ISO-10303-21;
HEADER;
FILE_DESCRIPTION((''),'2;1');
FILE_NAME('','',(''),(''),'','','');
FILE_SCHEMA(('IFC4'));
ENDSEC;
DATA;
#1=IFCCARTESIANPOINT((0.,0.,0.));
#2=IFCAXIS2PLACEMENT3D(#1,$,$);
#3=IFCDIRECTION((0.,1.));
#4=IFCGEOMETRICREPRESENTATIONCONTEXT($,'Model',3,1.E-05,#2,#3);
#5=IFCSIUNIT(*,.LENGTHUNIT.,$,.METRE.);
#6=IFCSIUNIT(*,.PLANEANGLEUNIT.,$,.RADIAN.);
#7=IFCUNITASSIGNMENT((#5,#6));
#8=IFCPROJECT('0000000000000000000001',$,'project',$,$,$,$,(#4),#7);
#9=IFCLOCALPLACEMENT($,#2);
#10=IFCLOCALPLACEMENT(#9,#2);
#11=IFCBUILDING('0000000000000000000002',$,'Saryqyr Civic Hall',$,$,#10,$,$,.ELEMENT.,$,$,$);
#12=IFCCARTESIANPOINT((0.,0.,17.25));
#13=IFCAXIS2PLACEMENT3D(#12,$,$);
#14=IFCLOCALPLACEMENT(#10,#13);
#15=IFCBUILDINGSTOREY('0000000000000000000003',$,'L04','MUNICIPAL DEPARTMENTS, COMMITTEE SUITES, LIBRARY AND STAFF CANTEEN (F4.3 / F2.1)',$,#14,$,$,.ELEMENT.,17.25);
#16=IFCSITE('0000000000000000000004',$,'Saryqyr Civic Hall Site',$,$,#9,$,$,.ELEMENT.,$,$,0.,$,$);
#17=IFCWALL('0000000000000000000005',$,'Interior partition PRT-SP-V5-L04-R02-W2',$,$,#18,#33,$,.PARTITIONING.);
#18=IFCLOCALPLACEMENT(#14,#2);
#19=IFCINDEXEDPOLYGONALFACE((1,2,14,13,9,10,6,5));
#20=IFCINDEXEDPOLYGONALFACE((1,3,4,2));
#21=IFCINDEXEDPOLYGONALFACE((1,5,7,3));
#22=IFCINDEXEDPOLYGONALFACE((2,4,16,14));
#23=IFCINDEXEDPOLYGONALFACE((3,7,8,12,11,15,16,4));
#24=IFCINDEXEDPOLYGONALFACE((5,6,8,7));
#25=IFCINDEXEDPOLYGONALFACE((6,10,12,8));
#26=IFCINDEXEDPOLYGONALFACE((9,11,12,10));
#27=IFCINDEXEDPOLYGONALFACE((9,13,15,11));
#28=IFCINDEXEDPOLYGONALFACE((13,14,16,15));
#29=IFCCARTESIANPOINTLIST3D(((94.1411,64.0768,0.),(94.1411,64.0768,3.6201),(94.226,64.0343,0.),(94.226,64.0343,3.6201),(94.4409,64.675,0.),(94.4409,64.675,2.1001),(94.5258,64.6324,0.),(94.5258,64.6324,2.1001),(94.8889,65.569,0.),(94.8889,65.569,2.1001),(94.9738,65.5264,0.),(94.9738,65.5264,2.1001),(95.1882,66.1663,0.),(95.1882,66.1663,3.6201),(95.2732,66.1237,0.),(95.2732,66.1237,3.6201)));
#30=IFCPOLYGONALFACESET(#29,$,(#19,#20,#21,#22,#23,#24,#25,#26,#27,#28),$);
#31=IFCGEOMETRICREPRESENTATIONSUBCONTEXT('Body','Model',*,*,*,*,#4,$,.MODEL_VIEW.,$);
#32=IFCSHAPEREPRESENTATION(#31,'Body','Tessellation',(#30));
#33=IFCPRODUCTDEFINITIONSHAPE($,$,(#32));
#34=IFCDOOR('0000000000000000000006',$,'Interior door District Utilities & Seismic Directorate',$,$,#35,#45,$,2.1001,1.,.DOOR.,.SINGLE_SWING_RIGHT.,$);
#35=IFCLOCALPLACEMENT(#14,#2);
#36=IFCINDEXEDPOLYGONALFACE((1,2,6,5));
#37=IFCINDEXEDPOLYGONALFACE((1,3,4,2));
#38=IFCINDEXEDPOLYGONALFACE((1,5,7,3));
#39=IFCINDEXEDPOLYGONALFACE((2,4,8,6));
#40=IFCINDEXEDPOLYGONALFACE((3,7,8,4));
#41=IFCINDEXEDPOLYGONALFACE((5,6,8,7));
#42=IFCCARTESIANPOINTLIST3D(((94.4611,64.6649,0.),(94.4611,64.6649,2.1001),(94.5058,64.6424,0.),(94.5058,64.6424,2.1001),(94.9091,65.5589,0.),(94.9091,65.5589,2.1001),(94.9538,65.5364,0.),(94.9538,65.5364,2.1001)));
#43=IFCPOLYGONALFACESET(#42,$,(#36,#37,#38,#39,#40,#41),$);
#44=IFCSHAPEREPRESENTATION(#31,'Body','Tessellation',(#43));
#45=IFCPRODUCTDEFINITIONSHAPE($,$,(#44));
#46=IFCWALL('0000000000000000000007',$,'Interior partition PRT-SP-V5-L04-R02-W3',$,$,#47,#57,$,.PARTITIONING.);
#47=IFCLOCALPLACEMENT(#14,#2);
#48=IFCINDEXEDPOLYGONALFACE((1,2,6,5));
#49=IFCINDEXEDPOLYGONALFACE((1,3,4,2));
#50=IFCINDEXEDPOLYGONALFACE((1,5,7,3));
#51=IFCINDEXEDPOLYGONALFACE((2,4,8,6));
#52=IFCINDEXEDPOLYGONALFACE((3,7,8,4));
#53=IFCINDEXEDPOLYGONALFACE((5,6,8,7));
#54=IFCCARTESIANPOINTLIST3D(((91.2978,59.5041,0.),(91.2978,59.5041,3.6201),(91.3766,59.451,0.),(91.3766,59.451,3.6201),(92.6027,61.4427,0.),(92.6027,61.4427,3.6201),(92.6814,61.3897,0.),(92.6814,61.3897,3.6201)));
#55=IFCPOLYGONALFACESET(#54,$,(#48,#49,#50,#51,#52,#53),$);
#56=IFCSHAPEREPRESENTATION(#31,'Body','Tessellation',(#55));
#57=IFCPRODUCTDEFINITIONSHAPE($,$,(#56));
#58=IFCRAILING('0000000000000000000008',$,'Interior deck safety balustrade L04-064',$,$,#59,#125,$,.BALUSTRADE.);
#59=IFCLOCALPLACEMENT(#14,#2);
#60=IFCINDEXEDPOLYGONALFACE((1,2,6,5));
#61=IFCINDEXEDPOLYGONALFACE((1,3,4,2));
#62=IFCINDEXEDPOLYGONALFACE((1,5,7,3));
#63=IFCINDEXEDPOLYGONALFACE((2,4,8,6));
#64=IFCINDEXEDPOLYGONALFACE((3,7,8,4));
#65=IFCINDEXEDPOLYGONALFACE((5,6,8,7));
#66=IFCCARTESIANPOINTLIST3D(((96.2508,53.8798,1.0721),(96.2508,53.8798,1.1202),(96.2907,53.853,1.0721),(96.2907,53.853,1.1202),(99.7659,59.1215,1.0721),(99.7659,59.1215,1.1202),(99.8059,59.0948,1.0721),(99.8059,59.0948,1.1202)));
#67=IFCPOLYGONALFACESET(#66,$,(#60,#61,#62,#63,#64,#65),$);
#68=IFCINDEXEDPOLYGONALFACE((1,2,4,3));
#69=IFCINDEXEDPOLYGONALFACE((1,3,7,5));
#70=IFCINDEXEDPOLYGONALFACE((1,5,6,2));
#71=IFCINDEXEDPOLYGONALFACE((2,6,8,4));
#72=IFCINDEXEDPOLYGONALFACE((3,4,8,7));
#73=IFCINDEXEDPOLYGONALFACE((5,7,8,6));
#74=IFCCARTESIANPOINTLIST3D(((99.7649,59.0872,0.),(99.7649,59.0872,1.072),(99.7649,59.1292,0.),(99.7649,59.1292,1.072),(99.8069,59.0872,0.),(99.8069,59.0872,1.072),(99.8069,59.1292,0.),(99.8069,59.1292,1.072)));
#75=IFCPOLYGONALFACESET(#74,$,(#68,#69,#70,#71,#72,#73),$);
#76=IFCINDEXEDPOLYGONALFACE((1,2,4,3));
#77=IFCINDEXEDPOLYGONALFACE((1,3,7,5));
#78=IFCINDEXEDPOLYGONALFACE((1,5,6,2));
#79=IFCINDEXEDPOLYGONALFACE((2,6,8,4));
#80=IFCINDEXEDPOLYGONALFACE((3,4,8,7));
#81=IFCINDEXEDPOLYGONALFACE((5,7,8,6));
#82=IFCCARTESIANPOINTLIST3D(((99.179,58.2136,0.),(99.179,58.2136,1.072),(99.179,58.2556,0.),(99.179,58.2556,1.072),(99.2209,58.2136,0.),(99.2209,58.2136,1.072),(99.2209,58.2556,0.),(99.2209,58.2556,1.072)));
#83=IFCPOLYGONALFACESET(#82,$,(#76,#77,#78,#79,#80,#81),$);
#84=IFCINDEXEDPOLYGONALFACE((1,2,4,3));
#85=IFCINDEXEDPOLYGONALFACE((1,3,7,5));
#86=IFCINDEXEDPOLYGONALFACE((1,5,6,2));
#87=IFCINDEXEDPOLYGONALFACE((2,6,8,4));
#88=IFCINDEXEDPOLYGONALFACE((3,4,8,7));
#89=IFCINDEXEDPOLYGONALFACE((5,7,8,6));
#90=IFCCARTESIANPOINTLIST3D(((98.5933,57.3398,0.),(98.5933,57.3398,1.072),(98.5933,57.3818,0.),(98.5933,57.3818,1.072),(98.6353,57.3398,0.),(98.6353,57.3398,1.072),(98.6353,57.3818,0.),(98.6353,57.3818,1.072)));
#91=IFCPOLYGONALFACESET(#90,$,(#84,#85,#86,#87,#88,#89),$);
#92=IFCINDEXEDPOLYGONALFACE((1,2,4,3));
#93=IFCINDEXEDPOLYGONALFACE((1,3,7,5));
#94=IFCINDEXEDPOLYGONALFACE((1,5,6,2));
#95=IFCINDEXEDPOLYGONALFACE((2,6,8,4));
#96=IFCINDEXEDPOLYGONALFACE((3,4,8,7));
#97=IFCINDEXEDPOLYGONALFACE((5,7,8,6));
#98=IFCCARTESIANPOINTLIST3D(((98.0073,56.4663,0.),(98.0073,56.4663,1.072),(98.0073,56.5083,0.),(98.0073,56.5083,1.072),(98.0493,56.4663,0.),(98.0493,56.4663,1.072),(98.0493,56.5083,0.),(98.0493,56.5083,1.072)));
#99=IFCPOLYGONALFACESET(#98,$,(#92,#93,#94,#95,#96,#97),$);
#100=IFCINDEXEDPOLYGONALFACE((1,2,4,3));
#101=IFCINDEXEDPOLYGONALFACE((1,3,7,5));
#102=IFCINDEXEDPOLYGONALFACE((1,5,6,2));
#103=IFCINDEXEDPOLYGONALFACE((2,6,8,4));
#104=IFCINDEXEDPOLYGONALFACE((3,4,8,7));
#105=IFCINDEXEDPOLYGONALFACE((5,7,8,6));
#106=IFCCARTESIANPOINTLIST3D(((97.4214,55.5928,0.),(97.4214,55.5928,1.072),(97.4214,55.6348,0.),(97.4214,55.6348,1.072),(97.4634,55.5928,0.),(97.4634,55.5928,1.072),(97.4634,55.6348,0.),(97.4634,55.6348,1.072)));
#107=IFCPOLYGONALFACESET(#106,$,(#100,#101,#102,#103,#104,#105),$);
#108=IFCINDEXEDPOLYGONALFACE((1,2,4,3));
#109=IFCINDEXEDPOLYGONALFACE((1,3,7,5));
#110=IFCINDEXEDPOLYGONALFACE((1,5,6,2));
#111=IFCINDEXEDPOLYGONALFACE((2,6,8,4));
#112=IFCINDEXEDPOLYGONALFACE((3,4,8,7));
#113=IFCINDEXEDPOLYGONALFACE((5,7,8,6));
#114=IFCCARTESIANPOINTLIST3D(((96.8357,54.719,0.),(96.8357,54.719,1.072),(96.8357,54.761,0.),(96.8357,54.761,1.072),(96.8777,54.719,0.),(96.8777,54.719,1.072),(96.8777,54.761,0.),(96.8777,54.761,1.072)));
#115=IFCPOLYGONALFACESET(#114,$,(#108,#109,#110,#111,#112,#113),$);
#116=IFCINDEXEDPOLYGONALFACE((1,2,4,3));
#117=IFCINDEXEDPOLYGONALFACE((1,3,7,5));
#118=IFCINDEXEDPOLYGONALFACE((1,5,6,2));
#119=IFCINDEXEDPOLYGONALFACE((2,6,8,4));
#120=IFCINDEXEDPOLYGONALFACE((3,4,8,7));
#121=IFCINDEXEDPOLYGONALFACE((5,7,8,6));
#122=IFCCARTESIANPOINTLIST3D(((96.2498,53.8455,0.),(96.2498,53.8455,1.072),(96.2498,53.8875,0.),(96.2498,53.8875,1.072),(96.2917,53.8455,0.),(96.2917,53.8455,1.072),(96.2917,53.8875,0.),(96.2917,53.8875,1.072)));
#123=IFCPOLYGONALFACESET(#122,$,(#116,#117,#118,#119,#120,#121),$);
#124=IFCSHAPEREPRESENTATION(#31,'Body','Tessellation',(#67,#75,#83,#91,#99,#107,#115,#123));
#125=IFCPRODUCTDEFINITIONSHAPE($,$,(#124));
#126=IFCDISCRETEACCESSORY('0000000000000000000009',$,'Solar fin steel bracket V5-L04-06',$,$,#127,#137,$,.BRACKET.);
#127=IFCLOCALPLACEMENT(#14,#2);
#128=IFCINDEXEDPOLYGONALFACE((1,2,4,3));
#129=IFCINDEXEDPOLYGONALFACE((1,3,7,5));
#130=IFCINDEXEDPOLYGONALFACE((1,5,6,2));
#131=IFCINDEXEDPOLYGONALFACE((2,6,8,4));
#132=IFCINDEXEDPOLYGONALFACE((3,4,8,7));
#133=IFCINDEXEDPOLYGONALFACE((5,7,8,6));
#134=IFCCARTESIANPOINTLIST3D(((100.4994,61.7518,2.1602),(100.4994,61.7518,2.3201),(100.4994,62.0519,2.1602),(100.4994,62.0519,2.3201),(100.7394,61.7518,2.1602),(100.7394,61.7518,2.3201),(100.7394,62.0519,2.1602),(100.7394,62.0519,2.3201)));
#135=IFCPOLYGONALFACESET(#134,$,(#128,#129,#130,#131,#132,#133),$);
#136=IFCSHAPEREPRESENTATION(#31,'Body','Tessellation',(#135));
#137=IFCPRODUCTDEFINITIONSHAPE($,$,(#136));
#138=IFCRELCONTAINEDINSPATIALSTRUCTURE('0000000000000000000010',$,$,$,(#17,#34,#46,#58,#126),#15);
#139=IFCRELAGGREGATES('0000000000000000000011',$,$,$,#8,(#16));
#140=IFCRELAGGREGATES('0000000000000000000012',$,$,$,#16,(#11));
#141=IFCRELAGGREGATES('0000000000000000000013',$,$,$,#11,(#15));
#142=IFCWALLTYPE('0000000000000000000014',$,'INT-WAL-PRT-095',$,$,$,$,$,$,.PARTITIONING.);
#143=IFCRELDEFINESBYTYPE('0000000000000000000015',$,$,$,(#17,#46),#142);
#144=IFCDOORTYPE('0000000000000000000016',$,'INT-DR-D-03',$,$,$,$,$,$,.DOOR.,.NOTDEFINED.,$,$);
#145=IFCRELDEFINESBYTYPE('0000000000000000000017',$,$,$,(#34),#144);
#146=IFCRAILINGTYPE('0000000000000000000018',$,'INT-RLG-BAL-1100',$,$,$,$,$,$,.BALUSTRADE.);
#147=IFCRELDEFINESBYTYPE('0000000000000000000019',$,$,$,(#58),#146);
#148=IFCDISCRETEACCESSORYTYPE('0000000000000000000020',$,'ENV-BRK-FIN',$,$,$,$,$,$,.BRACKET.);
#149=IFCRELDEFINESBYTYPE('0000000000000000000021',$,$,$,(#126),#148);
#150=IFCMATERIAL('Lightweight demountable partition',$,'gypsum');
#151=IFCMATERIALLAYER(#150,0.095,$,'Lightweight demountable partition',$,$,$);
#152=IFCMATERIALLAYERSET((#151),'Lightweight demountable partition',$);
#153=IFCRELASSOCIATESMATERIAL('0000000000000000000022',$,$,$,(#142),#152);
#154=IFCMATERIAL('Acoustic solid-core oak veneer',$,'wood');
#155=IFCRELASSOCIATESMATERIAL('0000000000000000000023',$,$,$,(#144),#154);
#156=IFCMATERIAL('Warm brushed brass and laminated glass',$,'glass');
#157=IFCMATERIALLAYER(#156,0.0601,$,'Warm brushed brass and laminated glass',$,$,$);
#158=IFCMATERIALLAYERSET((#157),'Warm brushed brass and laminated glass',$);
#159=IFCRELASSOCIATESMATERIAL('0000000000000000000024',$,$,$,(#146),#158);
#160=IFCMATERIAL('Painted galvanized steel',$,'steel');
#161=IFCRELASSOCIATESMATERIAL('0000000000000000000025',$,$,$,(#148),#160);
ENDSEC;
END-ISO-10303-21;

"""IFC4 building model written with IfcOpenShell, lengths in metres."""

from ifc_helpers import new_model, si_unit, direction, frame, frame_2d, origin, origin_2d, place, context, subcontext, project, spatial, rectangle, extrude, material, layer, layer_set, type_object, element, fill, save


model = new_model("IFC4")

# Units and contexts
model_context = context("Model", 3, precision=1e-05, world=origin(), true_north=direction((0.0, 1.0)))
body_context = subcontext(model_context, "Body", "Model", "MODEL_VIEW")
ifc_project = project(units=[si_unit("LENGTHUNIT", "METRE"), si_unit("PLANEANGLEUNIT", "RADIAN")], contexts=[model_context])

# Site, building, storey
site_placement = place(None, origin())
site = spatial("IfcSite", under=ifc_project, at=site_placement, Name="Saryqyr Civic Hall Site", CompositionType="ELEMENT", RefElevation=0.0)
building_placement = place(site_placement, origin())
building = spatial("IfcBuilding", under=site, at=building_placement, Name="Saryqyr Civic Hall", CompositionType="ELEMENT")
storey_placement = place(building_placement, frame((0.0, 0.0, 17.25)))
storey = spatial("IfcBuildingStorey", under=building, at=storey_placement, Name="L04", Description="MUNICIPAL DEPARTMENTS, COMMITTEE SUITES, LIBRARY AND STAFF CANTEEN (F4.3 / F2.1)", CompositionType="ELEMENT", Elevation=17.25)

# Shared definitions
ifc_material_1 = material(Name="Lightweight demountable partition", Category="gypsum")
ifc_layer_1 = layer(ifc_material_1, 0.095, Name="Lightweight demountable partition")
ifc_layer_set_1 = layer_set([ifc_layer_1], Name="Lightweight demountable partition")
wall_type_1 = type_object("IfcWallType", Name="INT-WAL-PRT-095", PredefinedType="PARTITIONING", material=ifc_layer_set_1)

# Wall, opening, door
wall_1_placement = place(storey_placement, frame((94.1836, 64.0557, 0.0), z_axis=(0.0, 0.0, 1.0), x_axis=(0.448049, 0.894009, 0.0)))
wall_1 = element("IfcWall", 1, at=wall_1_placement, inside=storey, type_object=wall_type_1, Name="Interior partition PRT-SP-V5-L04-R02-W2", PredefinedType="PARTITIONING", context=body_context, shape_type="SweptSolid", body=[
    extrude(rectangle(XDim=2.3372, YDim=0.095, at=frame_2d((1.1685, 0.0))), origin(), (0.0, 0.0, 1.0), 3.6201),
])
opening_1_placement = place(wall_1_placement, frame((0.6689, 0.0, 0.0)))
opening_1 = element("IfcOpeningElement", 2, at=opening_1_placement, cuts=wall_1, PredefinedType="OPENING", context=body_context, shape_type="SweptSolid", body=[
    extrude(rectangle(XDim=1.0, YDim=2.1001, at=frame_2d((0.5, 1.05))), frame((0.0, 0.0574, 0.0), z_axis=(0.0, -1.0, 0.0), x_axis=(1.0, 0.0, 0.0)), (0.0, 0.0, 1.0), 0.115),
])
ifc_material_2 = material(Name="Acoustic solid-core oak veneer", Category="wood")
door_type = type_object("IfcDoorType", Name="INT-DR-D-03", OperationType="NOTDEFINED", PredefinedType="DOOR", material=ifc_material_2)
door_placement = place(opening_1_placement, origin())
door = element("IfcDoor", 3, at=door_placement, inside=storey, type_object=door_type, Name="Interior door District Utilities & Seismic Directorate", OperationType="SINGLE_SWING_RIGHT", OverallHeight=2.1001, OverallWidth=1.0, PredefinedType="DOOR", context=body_context, shape_type="SweptSolid", body=[
    extrude(rectangle(XDim=1.0, YDim=2.1001, at=frame_2d((0.5, 1.05))), frame((0.0, 0.0249, 0.0), z_axis=(0.0, -1.0, 0.0), x_axis=(1.0, 0.0, 0.0)), (0.0, 0.0, 1.0), 0.05),
])
fill(opening_1, door)

# Wall
wall_2_placement = place(storey_placement, frame((91.3372, 59.4775, 0.0), z_axis=(0.0, 0.0, 1.0), x_axis=(0.558383, 0.829583, 0.0)))
element("IfcWall", 4, at=wall_2_placement, inside=storey, type_object=wall_type_1, Name="Interior partition PRT-SP-V5-L04-R02-W3", PredefinedType="PARTITIONING", context=body_context, shape_type="SweptSolid", body=[
    extrude(rectangle(XDim=2.3369, YDim=0.095, at=frame_2d((1.1685, 0.0))), origin(), (0.0, 0.0, 1.0), 3.6201),
])

# Railing
ifc_material_3 = material(Name="Warm brushed brass and laminated glass", Category="glass")
ifc_layer_2 = layer(ifc_material_3, 0.0601, Name="Warm brushed brass and laminated glass")
ifc_layer_set_2 = layer_set([ifc_layer_2], Name="Warm brushed brass and laminated glass")
railing_type = type_object("IfcRailingType", Name="INT-RLG-BAL-1100", PredefinedType="BALUSTRADE", material=ifc_layer_set_2)
railing_placement = place(storey_placement, frame((99.7859, 59.1082, 0.0)))
element("IfcRailing", 5, at=railing_placement, inside=storey, type_object=railing_type, Name="Interior deck safety balustrade L04-064", PredefinedType="BALUSTRADE", context=body_context, shape_type="SweptSolid", body=[
    extrude(rectangle(XDim=0.0481, YDim=0.0481, at=origin_2d()), frame((0.0, 0.0, 1.0962), z_axis=(-0.556966, -0.830536, 0.0), x_axis=(0.830536, -0.556966, 0.0)), (0.0, 0.0, 1.0), 6.3113),
    extrude(rectangle(XDim=0.042, YDim=0.042, at=origin_2d()), origin(), (0.0, 0.0, 1.0), 1.072),
    extrude(rectangle(XDim=0.042, YDim=0.042, at=origin_2d()), frame((-0.5859, -0.8735, 0.0)), (0.0, 0.0, 1.0), 1.072),
    extrude(rectangle(XDim=0.042, YDim=0.042, at=origin_2d()), frame((-1.1716, -1.7473, 0.0)), (0.0, 0.0, 1.0), 1.072),
    extrude(rectangle(XDim=0.042, YDim=0.042, at=origin_2d()), frame((-1.7576, -2.6208, 0.0)), (0.0, 0.0, 1.0), 1.072),
    extrude(rectangle(XDim=0.042, YDim=0.042, at=origin_2d()), frame((-2.3435, -3.4944, 0.0)), (0.0, 0.0, 1.0), 1.072),
    extrude(rectangle(XDim=0.042, YDim=0.042, at=origin_2d()), frame((-2.9292, -4.3682, 0.0)), (0.0, 0.0, 1.0), 1.072),
    extrude(rectangle(XDim=0.042, YDim=0.042, at=origin_2d()), frame((-3.5151, -5.2417, 0.0)), (0.0, 0.0, 1.0), 1.072),
])

# Discrete accessory
ifc_material_4 = material(Name="Painted galvanized steel", Category="steel")
discrete_accessory_type = type_object("IfcDiscreteAccessoryType", Name="ENV-BRK-FIN", PredefinedType="BRACKET", material=ifc_material_4)
discrete_accessory_placement = place(storey_placement, frame((100.6194, 61.9019, 2.1602), z_axis=(0.0, 0.0, 1.0), x_axis=(1.0, 0.0, 0.0)))
element("IfcDiscreteAccessory", 6, at=discrete_accessory_placement, inside=storey, type_object=discrete_accessory_type, Name="Solar fin steel bracket V5-L04-06", PredefinedType="BRACKET", context=body_context, shape_type="SweptSolid", body=[
    extrude(rectangle(XDim=0.24, YDim=0.3, at=origin_2d()), origin(), (0.0, 0.0, 1.0), 0.1599),
])

save(model, "model.ifc")
